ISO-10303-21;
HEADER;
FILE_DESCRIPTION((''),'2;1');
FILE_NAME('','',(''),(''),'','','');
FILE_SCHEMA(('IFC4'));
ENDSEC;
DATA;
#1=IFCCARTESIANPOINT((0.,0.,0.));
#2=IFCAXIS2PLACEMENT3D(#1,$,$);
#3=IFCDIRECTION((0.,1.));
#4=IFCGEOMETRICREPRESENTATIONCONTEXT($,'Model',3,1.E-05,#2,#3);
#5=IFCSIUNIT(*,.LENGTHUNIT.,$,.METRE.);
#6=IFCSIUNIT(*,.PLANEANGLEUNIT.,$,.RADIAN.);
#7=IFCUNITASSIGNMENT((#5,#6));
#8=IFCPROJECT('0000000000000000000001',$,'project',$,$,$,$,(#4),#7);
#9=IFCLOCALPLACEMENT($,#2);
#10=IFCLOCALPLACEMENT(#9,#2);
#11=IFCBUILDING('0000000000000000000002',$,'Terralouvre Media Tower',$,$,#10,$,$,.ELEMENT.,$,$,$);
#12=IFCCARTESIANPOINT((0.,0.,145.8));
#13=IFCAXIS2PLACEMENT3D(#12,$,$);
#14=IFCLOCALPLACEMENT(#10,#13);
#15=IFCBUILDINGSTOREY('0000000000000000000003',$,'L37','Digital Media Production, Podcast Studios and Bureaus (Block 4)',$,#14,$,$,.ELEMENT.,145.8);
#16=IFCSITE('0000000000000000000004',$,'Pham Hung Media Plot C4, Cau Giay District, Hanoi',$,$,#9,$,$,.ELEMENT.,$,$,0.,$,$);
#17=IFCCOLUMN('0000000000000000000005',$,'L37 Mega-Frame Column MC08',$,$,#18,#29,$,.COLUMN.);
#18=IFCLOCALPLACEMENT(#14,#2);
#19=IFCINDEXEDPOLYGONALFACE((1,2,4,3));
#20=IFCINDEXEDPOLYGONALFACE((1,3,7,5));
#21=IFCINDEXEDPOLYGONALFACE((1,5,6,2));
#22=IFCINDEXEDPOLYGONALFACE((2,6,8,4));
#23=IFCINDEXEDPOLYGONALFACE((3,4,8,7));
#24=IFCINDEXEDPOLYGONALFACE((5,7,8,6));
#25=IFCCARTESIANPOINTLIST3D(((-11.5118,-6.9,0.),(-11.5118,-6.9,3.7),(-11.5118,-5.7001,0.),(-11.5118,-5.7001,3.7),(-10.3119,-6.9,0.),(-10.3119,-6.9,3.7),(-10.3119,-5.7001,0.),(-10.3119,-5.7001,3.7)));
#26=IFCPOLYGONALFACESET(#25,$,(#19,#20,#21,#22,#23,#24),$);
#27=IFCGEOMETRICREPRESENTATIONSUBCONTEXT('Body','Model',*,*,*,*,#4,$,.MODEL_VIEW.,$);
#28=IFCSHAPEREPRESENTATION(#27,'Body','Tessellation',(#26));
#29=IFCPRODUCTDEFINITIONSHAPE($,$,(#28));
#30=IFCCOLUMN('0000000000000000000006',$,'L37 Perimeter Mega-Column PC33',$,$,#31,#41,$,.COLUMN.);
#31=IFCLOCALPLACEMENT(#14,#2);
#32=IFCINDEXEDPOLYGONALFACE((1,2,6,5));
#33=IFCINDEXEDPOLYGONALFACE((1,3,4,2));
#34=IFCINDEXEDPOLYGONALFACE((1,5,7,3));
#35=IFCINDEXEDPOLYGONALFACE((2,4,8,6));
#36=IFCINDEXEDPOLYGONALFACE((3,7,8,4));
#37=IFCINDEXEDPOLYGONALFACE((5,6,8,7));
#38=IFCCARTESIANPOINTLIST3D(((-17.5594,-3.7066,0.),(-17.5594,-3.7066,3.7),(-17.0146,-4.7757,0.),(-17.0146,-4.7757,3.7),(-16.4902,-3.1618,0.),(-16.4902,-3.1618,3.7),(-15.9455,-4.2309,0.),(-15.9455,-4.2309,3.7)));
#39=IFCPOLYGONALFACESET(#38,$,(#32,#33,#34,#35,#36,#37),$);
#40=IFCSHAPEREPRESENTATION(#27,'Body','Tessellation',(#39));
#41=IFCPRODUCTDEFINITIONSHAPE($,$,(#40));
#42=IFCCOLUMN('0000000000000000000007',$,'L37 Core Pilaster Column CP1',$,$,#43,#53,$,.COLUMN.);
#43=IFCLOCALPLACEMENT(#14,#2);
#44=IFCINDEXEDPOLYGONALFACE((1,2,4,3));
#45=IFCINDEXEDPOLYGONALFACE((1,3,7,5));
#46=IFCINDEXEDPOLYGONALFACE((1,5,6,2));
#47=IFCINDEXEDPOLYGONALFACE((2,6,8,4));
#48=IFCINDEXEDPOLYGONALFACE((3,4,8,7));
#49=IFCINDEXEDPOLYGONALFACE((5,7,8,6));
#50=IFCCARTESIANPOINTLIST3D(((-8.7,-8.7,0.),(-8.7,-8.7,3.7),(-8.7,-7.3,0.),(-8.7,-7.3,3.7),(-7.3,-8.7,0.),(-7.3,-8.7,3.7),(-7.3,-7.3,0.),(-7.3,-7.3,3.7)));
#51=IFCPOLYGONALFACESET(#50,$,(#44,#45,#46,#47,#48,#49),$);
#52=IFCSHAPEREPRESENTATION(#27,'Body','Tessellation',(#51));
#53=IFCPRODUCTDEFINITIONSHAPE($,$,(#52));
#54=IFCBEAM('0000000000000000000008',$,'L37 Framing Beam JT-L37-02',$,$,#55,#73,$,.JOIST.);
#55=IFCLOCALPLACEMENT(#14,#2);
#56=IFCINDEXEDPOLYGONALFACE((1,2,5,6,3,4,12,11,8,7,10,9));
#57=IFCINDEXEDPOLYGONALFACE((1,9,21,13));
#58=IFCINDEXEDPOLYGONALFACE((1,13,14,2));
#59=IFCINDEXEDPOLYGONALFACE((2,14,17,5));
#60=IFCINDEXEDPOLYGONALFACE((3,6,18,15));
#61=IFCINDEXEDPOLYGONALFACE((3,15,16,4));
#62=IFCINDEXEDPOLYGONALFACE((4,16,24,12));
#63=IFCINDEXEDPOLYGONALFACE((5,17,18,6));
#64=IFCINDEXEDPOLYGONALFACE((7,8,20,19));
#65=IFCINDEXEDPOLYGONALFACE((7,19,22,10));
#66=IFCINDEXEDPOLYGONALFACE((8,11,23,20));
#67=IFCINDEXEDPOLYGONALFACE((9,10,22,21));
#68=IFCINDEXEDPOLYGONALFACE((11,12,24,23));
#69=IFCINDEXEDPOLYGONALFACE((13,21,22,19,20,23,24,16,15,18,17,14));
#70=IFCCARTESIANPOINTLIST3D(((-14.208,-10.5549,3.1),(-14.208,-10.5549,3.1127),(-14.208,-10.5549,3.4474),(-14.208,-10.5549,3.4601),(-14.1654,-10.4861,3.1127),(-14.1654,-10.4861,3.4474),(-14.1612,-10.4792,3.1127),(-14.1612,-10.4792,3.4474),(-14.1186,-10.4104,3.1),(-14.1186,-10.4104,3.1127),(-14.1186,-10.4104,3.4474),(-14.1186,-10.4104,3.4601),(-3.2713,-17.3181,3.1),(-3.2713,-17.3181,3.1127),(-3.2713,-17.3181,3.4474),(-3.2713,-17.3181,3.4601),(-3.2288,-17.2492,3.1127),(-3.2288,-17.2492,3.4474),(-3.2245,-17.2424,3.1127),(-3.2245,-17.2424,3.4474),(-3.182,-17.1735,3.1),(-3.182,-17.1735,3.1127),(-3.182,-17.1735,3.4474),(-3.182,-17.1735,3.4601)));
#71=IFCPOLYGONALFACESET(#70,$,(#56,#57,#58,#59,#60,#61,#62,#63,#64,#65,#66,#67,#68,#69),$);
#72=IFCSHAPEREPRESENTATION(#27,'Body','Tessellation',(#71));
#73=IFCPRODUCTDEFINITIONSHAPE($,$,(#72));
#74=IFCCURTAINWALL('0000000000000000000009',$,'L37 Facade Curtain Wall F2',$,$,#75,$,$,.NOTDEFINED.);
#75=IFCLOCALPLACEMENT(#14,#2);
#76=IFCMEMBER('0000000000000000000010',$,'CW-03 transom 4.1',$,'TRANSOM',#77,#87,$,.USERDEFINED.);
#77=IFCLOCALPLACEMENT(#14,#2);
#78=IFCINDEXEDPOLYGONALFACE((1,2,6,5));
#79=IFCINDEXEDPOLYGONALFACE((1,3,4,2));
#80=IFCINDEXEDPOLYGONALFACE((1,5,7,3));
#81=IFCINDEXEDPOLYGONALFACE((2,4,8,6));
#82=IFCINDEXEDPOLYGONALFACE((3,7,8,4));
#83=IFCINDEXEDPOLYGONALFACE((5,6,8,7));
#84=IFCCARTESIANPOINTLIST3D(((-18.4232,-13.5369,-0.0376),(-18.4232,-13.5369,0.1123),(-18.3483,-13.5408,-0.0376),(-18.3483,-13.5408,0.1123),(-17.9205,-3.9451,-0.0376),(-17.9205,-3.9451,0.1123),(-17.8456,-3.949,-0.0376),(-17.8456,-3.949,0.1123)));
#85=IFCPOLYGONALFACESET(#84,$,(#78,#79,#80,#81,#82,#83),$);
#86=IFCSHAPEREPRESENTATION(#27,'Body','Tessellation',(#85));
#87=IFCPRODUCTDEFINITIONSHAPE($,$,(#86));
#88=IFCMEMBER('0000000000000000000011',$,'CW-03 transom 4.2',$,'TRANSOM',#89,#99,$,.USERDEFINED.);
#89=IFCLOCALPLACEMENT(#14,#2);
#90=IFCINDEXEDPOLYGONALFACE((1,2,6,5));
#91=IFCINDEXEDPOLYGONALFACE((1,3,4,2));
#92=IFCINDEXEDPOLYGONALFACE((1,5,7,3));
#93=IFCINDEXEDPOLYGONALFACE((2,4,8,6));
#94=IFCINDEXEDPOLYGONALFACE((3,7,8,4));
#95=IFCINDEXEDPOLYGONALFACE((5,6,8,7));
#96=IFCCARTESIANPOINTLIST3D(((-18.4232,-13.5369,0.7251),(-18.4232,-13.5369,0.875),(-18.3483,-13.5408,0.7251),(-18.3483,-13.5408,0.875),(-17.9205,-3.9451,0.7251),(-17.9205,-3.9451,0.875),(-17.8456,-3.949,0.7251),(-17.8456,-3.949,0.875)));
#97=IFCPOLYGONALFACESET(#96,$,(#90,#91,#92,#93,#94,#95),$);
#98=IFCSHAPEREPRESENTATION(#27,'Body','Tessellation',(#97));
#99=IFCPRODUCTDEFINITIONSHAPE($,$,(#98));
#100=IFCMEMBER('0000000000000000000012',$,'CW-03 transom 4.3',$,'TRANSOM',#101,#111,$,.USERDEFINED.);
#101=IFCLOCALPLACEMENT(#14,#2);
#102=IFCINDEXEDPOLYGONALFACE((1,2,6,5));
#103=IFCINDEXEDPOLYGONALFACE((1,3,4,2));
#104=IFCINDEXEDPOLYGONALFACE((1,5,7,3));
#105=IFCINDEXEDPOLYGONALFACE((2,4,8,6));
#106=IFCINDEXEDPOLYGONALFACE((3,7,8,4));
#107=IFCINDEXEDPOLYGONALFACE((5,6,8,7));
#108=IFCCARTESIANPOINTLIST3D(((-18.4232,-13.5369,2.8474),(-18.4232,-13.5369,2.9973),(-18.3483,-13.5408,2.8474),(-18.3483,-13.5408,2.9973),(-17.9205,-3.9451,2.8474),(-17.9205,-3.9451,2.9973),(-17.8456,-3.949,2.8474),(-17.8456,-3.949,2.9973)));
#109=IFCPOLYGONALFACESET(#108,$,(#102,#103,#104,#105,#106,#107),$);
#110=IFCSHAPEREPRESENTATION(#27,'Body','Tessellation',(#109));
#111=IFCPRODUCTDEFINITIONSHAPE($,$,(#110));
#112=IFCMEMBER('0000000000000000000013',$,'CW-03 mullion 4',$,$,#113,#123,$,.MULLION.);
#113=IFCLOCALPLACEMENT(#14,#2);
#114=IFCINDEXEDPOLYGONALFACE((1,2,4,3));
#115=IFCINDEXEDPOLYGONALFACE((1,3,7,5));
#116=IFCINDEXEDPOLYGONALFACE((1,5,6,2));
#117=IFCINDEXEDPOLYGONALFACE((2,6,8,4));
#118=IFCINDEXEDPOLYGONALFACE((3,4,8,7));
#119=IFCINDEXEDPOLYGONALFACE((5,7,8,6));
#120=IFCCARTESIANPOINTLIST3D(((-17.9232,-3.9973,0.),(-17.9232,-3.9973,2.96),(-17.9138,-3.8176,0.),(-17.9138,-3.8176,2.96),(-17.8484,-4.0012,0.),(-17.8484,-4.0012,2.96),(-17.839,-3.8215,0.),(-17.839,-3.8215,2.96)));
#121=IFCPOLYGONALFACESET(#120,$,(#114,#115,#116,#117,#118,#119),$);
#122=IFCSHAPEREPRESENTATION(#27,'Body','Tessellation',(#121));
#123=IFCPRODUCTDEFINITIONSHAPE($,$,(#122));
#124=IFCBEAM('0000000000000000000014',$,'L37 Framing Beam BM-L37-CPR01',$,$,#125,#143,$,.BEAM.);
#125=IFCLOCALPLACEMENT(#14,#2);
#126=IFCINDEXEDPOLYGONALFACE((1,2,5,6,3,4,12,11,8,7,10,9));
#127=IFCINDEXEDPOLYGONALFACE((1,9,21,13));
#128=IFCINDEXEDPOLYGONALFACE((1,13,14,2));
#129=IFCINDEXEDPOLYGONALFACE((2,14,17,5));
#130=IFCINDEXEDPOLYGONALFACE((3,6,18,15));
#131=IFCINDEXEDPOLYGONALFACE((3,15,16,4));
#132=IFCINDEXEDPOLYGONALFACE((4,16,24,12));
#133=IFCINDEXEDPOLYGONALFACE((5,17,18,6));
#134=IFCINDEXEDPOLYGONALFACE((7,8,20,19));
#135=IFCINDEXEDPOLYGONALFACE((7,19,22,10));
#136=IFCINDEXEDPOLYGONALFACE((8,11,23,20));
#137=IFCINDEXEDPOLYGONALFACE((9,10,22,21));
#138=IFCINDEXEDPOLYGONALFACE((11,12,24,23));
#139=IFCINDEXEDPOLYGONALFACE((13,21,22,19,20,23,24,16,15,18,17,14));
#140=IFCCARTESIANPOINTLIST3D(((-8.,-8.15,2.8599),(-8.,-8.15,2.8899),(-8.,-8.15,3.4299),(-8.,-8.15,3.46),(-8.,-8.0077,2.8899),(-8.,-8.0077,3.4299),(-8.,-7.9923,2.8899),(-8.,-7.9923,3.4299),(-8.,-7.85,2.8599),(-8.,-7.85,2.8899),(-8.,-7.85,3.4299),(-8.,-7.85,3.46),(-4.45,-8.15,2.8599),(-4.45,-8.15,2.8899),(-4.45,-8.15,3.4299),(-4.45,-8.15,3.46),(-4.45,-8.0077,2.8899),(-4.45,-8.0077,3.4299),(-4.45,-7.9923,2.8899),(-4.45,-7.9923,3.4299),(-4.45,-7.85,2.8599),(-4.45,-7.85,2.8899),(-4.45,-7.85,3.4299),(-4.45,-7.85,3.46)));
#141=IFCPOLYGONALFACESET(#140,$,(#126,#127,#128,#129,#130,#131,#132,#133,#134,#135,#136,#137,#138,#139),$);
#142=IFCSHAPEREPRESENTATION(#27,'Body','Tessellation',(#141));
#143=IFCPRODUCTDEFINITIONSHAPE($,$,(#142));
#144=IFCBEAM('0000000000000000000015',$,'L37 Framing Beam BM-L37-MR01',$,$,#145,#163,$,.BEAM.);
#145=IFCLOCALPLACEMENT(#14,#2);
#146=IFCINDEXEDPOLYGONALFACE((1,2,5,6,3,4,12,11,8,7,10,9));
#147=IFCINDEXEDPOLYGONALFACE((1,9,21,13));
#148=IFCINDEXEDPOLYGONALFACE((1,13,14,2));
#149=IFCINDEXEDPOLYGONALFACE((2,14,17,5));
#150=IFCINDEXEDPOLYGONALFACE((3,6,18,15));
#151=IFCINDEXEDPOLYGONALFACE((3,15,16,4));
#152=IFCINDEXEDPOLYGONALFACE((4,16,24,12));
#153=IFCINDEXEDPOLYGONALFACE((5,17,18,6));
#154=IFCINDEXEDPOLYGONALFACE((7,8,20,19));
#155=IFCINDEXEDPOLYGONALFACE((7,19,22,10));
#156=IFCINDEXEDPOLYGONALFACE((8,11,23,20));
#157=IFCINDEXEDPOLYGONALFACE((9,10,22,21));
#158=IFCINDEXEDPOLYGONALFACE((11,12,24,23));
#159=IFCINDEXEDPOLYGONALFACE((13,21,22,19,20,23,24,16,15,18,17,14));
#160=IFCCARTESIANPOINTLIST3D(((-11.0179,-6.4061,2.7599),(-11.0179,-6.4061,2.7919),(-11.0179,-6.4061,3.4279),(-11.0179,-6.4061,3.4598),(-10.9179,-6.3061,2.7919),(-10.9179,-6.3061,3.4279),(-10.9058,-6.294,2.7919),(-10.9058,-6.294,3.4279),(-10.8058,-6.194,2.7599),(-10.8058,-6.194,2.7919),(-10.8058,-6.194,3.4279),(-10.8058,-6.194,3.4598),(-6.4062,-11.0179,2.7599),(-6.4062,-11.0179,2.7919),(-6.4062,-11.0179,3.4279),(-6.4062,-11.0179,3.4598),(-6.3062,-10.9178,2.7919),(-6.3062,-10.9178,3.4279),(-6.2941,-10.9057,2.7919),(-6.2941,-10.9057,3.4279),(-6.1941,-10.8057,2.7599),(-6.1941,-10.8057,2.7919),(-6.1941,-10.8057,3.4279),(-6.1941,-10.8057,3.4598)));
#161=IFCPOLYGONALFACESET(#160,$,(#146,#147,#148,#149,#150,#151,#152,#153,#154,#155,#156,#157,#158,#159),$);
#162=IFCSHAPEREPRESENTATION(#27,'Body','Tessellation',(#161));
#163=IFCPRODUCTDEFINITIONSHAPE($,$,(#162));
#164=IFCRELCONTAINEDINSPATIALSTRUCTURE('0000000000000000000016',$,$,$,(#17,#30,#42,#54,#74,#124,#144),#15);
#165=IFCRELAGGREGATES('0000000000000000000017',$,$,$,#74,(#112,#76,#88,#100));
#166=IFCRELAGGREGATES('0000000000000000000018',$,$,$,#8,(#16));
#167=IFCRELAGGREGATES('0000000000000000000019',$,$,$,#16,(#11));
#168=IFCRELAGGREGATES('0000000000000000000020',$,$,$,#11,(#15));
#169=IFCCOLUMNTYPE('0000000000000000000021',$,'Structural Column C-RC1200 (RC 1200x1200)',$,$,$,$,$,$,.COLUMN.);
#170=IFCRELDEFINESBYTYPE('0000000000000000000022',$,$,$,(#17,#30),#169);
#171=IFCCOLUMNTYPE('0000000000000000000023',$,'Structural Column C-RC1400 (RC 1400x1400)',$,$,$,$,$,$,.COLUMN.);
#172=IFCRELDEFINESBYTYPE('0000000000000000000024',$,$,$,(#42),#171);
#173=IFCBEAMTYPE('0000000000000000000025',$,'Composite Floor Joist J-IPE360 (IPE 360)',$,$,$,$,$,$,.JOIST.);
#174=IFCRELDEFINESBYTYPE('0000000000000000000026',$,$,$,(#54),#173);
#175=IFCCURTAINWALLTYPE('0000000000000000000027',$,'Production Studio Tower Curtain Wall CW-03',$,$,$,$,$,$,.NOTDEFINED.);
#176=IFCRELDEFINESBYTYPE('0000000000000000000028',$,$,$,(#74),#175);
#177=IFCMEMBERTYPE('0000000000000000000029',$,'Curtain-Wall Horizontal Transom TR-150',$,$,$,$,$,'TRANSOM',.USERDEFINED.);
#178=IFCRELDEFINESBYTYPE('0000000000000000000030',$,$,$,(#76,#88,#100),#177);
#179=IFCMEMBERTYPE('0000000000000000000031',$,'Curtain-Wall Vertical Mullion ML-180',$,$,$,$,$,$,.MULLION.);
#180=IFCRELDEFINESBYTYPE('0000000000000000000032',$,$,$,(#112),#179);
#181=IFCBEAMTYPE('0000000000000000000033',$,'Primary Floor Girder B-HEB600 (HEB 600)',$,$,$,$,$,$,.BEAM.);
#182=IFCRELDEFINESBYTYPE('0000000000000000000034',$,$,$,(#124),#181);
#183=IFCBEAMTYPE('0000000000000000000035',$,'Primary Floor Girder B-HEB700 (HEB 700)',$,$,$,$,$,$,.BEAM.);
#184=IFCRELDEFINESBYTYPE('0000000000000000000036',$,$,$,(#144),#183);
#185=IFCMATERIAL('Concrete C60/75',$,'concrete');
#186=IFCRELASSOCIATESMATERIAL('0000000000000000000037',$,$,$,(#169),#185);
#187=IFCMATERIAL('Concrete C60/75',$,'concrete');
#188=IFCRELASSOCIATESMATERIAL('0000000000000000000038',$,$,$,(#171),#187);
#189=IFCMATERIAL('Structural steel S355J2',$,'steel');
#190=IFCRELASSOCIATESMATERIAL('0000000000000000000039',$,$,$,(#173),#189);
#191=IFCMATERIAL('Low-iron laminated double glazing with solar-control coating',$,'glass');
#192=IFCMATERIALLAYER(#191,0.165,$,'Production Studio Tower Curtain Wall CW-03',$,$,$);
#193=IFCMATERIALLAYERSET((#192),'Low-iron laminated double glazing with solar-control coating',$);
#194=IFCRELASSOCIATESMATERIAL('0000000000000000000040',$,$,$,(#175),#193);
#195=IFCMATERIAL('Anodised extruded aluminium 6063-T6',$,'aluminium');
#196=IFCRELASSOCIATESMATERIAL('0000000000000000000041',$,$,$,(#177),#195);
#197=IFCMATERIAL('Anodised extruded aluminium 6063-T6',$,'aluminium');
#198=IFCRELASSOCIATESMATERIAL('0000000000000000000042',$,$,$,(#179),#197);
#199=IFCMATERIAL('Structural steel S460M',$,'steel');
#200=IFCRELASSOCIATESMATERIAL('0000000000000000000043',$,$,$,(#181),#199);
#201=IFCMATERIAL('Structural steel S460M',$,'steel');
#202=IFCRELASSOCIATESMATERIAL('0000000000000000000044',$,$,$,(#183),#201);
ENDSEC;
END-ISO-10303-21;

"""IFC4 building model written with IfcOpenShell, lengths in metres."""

from ifc_helpers import new_model, si_unit, direction, frame, origin, origin_2d, place, context, subcontext, project, spatial, rectangle, i_section, extrude, material, layer, layer_set, material_profile, profile_set, type_object, element, aggregate, save


model = new_model("IFC4")

# Units and contexts
model_context = context("Model", 3, precision=1e-05, world=origin(), true_north=direction((0.0, 1.0)))
body_context = subcontext(model_context, "Body", "Model", "MODEL_VIEW")
ifc_project = project(units=[si_unit("LENGTHUNIT", "METRE"), si_unit("PLANEANGLEUNIT", "RADIAN")], contexts=[model_context])

# Site, building, storey
site_placement = place(None, origin())
site = spatial("IfcSite", under=ifc_project, at=site_placement, Name="Pham Hung Media Plot C4, Cau Giay District, Hanoi", CompositionType="ELEMENT", RefElevation=0.0)
building_placement = place(site_placement, origin())
building = spatial("IfcBuilding", under=site, at=building_placement, Name="Terralouvre Media Tower", CompositionType="ELEMENT")
storey_placement = place(building_placement, frame((0.0, 0.0, 145.8)))
storey = spatial("IfcBuildingStorey", under=building, at=storey_placement, Name="L37", Description="Digital Media Production, Podcast Studios and Bureaus (Block 4)", CompositionType="ELEMENT", Elevation=145.8)

# Columns
ifc_material_1 = material(Name="Concrete C60/75", Category="concrete")
ifc_material_profile_1 = material_profile(ifc_material_1, rectangle(XDim=1.2, YDim=1.2, at=origin_2d()), Name="RC 1200x1200")
ifc_profile_set_1 = profile_set([ifc_material_profile_1], Name="Concrete C60/75")
column_type_1 = type_object("IfcColumnType", Name="Structural Column C-RC1200 (RC 1200x1200)", PredefinedType="COLUMN", material=ifc_profile_set_1)
for number, where, z_axis, x_axis, name in (
    (1, (-10.9119, -6.3, 0.0), (0.0, 0.0, 1.0), (1.0, 0.0, 0.0), "L37 Mega-Frame Column MC08"),
    (2, (-16.7524, -3.9688, 0.0), (0.0, 0.0, 1.0), (0.891007, 0.45399, 0.0), "L37 Perimeter Mega-Column PC33"),
):
    element("IfcColumn", number, at=place(storey_placement, frame(where, z_axis=z_axis, x_axis=x_axis)), inside=storey, type_object=column_type_1, Name=name, PredefinedType="COLUMN", context=body_context, shape_type="SweptSolid", body=[
        extrude(rectangle(XDim=1.2, YDim=1.2, at=origin_2d()), origin(), (0.0, 0.0, 1.0), 3.7),
    ])
ifc_material_2 = material(Name="Concrete C60/75", Category="concrete")
ifc_material_profile_2 = material_profile(ifc_material_2, rectangle(XDim=1.3999, YDim=1.3999, at=origin_2d()), Name="RC 1400x1400")
ifc_profile_set_2 = profile_set([ifc_material_profile_2], Name="Concrete C60/75")
column_type_2 = type_object("IfcColumnType", Name="Structural Column C-RC1400 (RC 1400x1400)", PredefinedType="COLUMN", material=ifc_profile_set_2)
column_placement = place(storey_placement, frame((-8.0, -8.0, 0.0), z_axis=(0.0, 0.0, 1.0), x_axis=(1.0, 0.0, 0.0)))
element("IfcColumn", 3, at=column_placement, inside=storey, type_object=column_type_2, Name="L37 Core Pilaster Column CP1", PredefinedType="COLUMN", context=body_context, shape_type="SweptSolid", body=[
    extrude(rectangle(XDim=1.3999, YDim=1.3999, at=origin_2d()), origin(), (0.0, 0.0, 1.0), 3.7),
])

# Beam
ifc_material_3 = material(Name="Structural steel S355J2", Category="steel")
ifc_material_profile_3 = material_profile(ifc_material_3, i_section(OverallWidth=0.1699, OverallDepth=0.3601, WebThickness=0.0081, FlangeThickness=0.0127, at=origin_2d()), Name="IPE 360")
ifc_profile_set_3 = profile_set([ifc_material_profile_3], Name="Structural steel S355J2")
beam_type_1 = type_object("IfcBeamType", Name="Composite Floor Joist J-IPE360 (IPE 360)", PredefinedType="JOIST", material=ifc_profile_set_3)
beam_1_placement = place(storey_placement, frame((-14.1633, -10.4827, 3.28), z_axis=(0.850516, -0.52595, 0.0), x_axis=(0.52595, 0.850516, 0.0)))
element("IfcBeam", 4, at=beam_1_placement, inside=storey, type_object=beam_type_1, Name="L37 Framing Beam JT-L37-02", PredefinedType="JOIST", context=body_context, shape_type="SweptSolid", body=[
    extrude(i_section(OverallWidth=0.1699, OverallDepth=0.3601, WebThickness=0.0081, FlangeThickness=0.0127, at=origin_2d()), origin(), (0.0, 0.0, 1.0), 12.8589),
])

# Curtain wall, members
ifc_material_4 = material(Name="Low-iron laminated double glazing with solar-control coating", Category="glass")
ifc_layer_1 = layer(ifc_material_4, 0.165, Name="Production Studio Tower Curtain Wall CW-03")
ifc_layer_set_1 = layer_set([ifc_layer_1], Name="Low-iron laminated double glazing with solar-control coating")
curtain_wall_type = type_object("IfcCurtainWallType", Name="Production Studio Tower Curtain Wall CW-03", PredefinedType="NOTDEFINED", material=ifc_layer_set_1)
curtain_wall_placement = place(storey_placement, origin())
curtain_wall = element("IfcCurtainWall", 5, at=curtain_wall_placement, inside=storey, type_object=curtain_wall_type, Name="L37 Facade Curtain Wall F2", PredefinedType="NOTDEFINED")
ifc_material_5 = material(Name="Anodised extruded aluminium 6063-T6", Category="aluminium")
ifc_material_profile_4 = material_profile(ifc_material_5, rectangle(XDim=0.075, YDim=0.1499, at=origin_2d()), Name="ALU 75x150")
ifc_profile_set_4 = profile_set([ifc_material_profile_4], Name="Anodised extruded aluminium 6063-T6")
member_type_1 = type_object("IfcMemberType", Name="Curtain-Wall Horizontal Transom TR-150", ElementType="TRANSOM", PredefinedType="USERDEFINED", material=ifc_profile_set_4)
member_1_placement = place(storey_placement, frame((-17.8831, -3.947, 0.0374), z_axis=(-0.052336, -0.99863, 0.0), x_axis=(0.99863, -0.052336, 0.0)))
member_1 = element("IfcMember", 6, at=member_1_placement, type_object=member_type_1, Name="CW-03 transom 4.1", ObjectType="TRANSOM", PredefinedType="USERDEFINED", context=body_context, shape_type="SweptSolid", body=[
    extrude(rectangle(XDim=0.075, YDim=0.1499, at=origin_2d()), origin(), (0.0, 0.0, 1.0), 9.605),
])
member_2_placement = place(storey_placement, frame((-17.8831, -3.947, 0.8), z_axis=(-0.052336, -0.99863, 0.0), x_axis=(0.99863, -0.052336, 0.0)))
member_2 = element("IfcMember", 7, at=member_2_placement, type_object=member_type_1, Name="CW-03 transom 4.2", ObjectType="TRANSOM", PredefinedType="USERDEFINED", context=body_context, shape_type="SweptSolid", body=[
    extrude(rectangle(XDim=0.075, YDim=0.1499, at=origin_2d()), origin(), (0.0, 0.0, 1.0), 9.605),
])
member_3_placement = place(storey_placement, frame((-17.8831, -3.947, 2.9224), z_axis=(-0.052336, -0.99863, 0.0), x_axis=(0.99863, -0.052336, 0.0)))
member_3 = element("IfcMember", 8, at=member_3_placement, type_object=member_type_1, Name="CW-03 transom 4.3", ObjectType="TRANSOM", PredefinedType="USERDEFINED", context=body_context, shape_type="SweptSolid", body=[
    extrude(rectangle(XDim=0.075, YDim=0.1499, at=origin_2d()), origin(), (0.0, 0.0, 1.0), 9.605),
])
ifc_material_6 = material(Name="Anodised extruded aluminium 6063-T6", Category="aluminium")
ifc_material_profile_5 = material_profile(ifc_material_6, rectangle(XDim=0.075, YDim=0.1799, at=origin_2d()), Name="ALU 75x180")
ifc_profile_set_5 = profile_set([ifc_material_profile_5], Name="Anodised extruded aluminium 6063-T6")
member_type_2 = type_object("IfcMemberType", Name="Curtain-Wall Vertical Mullion ML-180", PredefinedType="MULLION", material=ifc_profile_set_5)
member_4_placement = place(storey_placement, frame((-17.8811, -3.9094, 0.0), z_axis=(0.0, 0.0, 1.0), x_axis=(0.99863, -0.052336, 0.0)))
member_4 = element("IfcMember", 9, at=member_4_placement, type_object=member_type_2, Name="CW-03 mullion 4", PredefinedType="MULLION", context=body_context, shape_type="SweptSolid", body=[
    extrude(rectangle(XDim=0.075, YDim=0.1799, at=origin_2d()), origin(), (0.0, 0.0, 1.0), 2.96),
])

# Beams
ifc_material_7 = material(Name="Structural steel S460M", Category="steel")
ifc_material_profile_6 = material_profile(ifc_material_7, i_section(OverallWidth=0.3, OverallDepth=0.6001, WebThickness=0.0154, FlangeThickness=0.03, at=origin_2d()), Name="HEB 600")
ifc_profile_set_6 = profile_set([ifc_material_profile_6], Name="Structural steel S460M")
beam_type_2 = type_object("IfcBeamType", Name="Primary Floor Girder B-HEB600 (HEB 600)", PredefinedType="BEAM", material=ifc_profile_set_6)
beam_2_placement = place(storey_placement, frame((-8.0, -8.0, 3.1599), z_axis=(1.0, 0.0, 0.0), x_axis=(0.0, 1.0, 0.0)))
element("IfcBeam", 10, at=beam_2_placement, inside=storey, type_object=beam_type_2, Name="L37 Framing Beam BM-L37-CPR01", PredefinedType="BEAM", context=body_context, shape_type="SweptSolid", body=[
    extrude(i_section(OverallWidth=0.3, OverallDepth=0.6001, WebThickness=0.0154, FlangeThickness=0.03, at=origin_2d()), origin(), (0.0, 0.0, 1.0), 3.55),
])
ifc_material_8 = material(Name="Structural steel S460M", Category="steel")
ifc_material_profile_7 = material_profile(ifc_material_8, i_section(OverallWidth=0.3, OverallDepth=0.7, WebThickness=0.0171, FlangeThickness=0.032, at=origin_2d()), Name="HEB 700")
ifc_profile_set_7 = profile_set([ifc_material_profile_7], Name="Structural steel S460M")
beam_type_3 = type_object("IfcBeamType", Name="Primary Floor Girder B-HEB700 (HEB 700)", PredefinedType="BEAM", material=ifc_profile_set_7)
beam_3_placement = place(storey_placement, frame((-10.9119, -6.3, 3.1099), z_axis=(0.707107, -0.707107, 0.0), x_axis=(0.707107, 0.707107, 0.0)))
element("IfcBeam", 11, at=beam_3_placement, inside=storey, type_object=beam_type_3, Name="L37 Framing Beam BM-L37-MR01", PredefinedType="BEAM", context=body_context, shape_type="SweptSolid", body=[
    extrude(i_section(OverallWidth=0.3, OverallDepth=0.7, WebThickness=0.0171, FlangeThickness=0.032, at=origin_2d()), origin(), (0.0, 0.0, 1.0), 6.522),
])

aggregate(curtain_wall, [member_4, member_1, member_2, member_3])

save(model, "model.ifc")
